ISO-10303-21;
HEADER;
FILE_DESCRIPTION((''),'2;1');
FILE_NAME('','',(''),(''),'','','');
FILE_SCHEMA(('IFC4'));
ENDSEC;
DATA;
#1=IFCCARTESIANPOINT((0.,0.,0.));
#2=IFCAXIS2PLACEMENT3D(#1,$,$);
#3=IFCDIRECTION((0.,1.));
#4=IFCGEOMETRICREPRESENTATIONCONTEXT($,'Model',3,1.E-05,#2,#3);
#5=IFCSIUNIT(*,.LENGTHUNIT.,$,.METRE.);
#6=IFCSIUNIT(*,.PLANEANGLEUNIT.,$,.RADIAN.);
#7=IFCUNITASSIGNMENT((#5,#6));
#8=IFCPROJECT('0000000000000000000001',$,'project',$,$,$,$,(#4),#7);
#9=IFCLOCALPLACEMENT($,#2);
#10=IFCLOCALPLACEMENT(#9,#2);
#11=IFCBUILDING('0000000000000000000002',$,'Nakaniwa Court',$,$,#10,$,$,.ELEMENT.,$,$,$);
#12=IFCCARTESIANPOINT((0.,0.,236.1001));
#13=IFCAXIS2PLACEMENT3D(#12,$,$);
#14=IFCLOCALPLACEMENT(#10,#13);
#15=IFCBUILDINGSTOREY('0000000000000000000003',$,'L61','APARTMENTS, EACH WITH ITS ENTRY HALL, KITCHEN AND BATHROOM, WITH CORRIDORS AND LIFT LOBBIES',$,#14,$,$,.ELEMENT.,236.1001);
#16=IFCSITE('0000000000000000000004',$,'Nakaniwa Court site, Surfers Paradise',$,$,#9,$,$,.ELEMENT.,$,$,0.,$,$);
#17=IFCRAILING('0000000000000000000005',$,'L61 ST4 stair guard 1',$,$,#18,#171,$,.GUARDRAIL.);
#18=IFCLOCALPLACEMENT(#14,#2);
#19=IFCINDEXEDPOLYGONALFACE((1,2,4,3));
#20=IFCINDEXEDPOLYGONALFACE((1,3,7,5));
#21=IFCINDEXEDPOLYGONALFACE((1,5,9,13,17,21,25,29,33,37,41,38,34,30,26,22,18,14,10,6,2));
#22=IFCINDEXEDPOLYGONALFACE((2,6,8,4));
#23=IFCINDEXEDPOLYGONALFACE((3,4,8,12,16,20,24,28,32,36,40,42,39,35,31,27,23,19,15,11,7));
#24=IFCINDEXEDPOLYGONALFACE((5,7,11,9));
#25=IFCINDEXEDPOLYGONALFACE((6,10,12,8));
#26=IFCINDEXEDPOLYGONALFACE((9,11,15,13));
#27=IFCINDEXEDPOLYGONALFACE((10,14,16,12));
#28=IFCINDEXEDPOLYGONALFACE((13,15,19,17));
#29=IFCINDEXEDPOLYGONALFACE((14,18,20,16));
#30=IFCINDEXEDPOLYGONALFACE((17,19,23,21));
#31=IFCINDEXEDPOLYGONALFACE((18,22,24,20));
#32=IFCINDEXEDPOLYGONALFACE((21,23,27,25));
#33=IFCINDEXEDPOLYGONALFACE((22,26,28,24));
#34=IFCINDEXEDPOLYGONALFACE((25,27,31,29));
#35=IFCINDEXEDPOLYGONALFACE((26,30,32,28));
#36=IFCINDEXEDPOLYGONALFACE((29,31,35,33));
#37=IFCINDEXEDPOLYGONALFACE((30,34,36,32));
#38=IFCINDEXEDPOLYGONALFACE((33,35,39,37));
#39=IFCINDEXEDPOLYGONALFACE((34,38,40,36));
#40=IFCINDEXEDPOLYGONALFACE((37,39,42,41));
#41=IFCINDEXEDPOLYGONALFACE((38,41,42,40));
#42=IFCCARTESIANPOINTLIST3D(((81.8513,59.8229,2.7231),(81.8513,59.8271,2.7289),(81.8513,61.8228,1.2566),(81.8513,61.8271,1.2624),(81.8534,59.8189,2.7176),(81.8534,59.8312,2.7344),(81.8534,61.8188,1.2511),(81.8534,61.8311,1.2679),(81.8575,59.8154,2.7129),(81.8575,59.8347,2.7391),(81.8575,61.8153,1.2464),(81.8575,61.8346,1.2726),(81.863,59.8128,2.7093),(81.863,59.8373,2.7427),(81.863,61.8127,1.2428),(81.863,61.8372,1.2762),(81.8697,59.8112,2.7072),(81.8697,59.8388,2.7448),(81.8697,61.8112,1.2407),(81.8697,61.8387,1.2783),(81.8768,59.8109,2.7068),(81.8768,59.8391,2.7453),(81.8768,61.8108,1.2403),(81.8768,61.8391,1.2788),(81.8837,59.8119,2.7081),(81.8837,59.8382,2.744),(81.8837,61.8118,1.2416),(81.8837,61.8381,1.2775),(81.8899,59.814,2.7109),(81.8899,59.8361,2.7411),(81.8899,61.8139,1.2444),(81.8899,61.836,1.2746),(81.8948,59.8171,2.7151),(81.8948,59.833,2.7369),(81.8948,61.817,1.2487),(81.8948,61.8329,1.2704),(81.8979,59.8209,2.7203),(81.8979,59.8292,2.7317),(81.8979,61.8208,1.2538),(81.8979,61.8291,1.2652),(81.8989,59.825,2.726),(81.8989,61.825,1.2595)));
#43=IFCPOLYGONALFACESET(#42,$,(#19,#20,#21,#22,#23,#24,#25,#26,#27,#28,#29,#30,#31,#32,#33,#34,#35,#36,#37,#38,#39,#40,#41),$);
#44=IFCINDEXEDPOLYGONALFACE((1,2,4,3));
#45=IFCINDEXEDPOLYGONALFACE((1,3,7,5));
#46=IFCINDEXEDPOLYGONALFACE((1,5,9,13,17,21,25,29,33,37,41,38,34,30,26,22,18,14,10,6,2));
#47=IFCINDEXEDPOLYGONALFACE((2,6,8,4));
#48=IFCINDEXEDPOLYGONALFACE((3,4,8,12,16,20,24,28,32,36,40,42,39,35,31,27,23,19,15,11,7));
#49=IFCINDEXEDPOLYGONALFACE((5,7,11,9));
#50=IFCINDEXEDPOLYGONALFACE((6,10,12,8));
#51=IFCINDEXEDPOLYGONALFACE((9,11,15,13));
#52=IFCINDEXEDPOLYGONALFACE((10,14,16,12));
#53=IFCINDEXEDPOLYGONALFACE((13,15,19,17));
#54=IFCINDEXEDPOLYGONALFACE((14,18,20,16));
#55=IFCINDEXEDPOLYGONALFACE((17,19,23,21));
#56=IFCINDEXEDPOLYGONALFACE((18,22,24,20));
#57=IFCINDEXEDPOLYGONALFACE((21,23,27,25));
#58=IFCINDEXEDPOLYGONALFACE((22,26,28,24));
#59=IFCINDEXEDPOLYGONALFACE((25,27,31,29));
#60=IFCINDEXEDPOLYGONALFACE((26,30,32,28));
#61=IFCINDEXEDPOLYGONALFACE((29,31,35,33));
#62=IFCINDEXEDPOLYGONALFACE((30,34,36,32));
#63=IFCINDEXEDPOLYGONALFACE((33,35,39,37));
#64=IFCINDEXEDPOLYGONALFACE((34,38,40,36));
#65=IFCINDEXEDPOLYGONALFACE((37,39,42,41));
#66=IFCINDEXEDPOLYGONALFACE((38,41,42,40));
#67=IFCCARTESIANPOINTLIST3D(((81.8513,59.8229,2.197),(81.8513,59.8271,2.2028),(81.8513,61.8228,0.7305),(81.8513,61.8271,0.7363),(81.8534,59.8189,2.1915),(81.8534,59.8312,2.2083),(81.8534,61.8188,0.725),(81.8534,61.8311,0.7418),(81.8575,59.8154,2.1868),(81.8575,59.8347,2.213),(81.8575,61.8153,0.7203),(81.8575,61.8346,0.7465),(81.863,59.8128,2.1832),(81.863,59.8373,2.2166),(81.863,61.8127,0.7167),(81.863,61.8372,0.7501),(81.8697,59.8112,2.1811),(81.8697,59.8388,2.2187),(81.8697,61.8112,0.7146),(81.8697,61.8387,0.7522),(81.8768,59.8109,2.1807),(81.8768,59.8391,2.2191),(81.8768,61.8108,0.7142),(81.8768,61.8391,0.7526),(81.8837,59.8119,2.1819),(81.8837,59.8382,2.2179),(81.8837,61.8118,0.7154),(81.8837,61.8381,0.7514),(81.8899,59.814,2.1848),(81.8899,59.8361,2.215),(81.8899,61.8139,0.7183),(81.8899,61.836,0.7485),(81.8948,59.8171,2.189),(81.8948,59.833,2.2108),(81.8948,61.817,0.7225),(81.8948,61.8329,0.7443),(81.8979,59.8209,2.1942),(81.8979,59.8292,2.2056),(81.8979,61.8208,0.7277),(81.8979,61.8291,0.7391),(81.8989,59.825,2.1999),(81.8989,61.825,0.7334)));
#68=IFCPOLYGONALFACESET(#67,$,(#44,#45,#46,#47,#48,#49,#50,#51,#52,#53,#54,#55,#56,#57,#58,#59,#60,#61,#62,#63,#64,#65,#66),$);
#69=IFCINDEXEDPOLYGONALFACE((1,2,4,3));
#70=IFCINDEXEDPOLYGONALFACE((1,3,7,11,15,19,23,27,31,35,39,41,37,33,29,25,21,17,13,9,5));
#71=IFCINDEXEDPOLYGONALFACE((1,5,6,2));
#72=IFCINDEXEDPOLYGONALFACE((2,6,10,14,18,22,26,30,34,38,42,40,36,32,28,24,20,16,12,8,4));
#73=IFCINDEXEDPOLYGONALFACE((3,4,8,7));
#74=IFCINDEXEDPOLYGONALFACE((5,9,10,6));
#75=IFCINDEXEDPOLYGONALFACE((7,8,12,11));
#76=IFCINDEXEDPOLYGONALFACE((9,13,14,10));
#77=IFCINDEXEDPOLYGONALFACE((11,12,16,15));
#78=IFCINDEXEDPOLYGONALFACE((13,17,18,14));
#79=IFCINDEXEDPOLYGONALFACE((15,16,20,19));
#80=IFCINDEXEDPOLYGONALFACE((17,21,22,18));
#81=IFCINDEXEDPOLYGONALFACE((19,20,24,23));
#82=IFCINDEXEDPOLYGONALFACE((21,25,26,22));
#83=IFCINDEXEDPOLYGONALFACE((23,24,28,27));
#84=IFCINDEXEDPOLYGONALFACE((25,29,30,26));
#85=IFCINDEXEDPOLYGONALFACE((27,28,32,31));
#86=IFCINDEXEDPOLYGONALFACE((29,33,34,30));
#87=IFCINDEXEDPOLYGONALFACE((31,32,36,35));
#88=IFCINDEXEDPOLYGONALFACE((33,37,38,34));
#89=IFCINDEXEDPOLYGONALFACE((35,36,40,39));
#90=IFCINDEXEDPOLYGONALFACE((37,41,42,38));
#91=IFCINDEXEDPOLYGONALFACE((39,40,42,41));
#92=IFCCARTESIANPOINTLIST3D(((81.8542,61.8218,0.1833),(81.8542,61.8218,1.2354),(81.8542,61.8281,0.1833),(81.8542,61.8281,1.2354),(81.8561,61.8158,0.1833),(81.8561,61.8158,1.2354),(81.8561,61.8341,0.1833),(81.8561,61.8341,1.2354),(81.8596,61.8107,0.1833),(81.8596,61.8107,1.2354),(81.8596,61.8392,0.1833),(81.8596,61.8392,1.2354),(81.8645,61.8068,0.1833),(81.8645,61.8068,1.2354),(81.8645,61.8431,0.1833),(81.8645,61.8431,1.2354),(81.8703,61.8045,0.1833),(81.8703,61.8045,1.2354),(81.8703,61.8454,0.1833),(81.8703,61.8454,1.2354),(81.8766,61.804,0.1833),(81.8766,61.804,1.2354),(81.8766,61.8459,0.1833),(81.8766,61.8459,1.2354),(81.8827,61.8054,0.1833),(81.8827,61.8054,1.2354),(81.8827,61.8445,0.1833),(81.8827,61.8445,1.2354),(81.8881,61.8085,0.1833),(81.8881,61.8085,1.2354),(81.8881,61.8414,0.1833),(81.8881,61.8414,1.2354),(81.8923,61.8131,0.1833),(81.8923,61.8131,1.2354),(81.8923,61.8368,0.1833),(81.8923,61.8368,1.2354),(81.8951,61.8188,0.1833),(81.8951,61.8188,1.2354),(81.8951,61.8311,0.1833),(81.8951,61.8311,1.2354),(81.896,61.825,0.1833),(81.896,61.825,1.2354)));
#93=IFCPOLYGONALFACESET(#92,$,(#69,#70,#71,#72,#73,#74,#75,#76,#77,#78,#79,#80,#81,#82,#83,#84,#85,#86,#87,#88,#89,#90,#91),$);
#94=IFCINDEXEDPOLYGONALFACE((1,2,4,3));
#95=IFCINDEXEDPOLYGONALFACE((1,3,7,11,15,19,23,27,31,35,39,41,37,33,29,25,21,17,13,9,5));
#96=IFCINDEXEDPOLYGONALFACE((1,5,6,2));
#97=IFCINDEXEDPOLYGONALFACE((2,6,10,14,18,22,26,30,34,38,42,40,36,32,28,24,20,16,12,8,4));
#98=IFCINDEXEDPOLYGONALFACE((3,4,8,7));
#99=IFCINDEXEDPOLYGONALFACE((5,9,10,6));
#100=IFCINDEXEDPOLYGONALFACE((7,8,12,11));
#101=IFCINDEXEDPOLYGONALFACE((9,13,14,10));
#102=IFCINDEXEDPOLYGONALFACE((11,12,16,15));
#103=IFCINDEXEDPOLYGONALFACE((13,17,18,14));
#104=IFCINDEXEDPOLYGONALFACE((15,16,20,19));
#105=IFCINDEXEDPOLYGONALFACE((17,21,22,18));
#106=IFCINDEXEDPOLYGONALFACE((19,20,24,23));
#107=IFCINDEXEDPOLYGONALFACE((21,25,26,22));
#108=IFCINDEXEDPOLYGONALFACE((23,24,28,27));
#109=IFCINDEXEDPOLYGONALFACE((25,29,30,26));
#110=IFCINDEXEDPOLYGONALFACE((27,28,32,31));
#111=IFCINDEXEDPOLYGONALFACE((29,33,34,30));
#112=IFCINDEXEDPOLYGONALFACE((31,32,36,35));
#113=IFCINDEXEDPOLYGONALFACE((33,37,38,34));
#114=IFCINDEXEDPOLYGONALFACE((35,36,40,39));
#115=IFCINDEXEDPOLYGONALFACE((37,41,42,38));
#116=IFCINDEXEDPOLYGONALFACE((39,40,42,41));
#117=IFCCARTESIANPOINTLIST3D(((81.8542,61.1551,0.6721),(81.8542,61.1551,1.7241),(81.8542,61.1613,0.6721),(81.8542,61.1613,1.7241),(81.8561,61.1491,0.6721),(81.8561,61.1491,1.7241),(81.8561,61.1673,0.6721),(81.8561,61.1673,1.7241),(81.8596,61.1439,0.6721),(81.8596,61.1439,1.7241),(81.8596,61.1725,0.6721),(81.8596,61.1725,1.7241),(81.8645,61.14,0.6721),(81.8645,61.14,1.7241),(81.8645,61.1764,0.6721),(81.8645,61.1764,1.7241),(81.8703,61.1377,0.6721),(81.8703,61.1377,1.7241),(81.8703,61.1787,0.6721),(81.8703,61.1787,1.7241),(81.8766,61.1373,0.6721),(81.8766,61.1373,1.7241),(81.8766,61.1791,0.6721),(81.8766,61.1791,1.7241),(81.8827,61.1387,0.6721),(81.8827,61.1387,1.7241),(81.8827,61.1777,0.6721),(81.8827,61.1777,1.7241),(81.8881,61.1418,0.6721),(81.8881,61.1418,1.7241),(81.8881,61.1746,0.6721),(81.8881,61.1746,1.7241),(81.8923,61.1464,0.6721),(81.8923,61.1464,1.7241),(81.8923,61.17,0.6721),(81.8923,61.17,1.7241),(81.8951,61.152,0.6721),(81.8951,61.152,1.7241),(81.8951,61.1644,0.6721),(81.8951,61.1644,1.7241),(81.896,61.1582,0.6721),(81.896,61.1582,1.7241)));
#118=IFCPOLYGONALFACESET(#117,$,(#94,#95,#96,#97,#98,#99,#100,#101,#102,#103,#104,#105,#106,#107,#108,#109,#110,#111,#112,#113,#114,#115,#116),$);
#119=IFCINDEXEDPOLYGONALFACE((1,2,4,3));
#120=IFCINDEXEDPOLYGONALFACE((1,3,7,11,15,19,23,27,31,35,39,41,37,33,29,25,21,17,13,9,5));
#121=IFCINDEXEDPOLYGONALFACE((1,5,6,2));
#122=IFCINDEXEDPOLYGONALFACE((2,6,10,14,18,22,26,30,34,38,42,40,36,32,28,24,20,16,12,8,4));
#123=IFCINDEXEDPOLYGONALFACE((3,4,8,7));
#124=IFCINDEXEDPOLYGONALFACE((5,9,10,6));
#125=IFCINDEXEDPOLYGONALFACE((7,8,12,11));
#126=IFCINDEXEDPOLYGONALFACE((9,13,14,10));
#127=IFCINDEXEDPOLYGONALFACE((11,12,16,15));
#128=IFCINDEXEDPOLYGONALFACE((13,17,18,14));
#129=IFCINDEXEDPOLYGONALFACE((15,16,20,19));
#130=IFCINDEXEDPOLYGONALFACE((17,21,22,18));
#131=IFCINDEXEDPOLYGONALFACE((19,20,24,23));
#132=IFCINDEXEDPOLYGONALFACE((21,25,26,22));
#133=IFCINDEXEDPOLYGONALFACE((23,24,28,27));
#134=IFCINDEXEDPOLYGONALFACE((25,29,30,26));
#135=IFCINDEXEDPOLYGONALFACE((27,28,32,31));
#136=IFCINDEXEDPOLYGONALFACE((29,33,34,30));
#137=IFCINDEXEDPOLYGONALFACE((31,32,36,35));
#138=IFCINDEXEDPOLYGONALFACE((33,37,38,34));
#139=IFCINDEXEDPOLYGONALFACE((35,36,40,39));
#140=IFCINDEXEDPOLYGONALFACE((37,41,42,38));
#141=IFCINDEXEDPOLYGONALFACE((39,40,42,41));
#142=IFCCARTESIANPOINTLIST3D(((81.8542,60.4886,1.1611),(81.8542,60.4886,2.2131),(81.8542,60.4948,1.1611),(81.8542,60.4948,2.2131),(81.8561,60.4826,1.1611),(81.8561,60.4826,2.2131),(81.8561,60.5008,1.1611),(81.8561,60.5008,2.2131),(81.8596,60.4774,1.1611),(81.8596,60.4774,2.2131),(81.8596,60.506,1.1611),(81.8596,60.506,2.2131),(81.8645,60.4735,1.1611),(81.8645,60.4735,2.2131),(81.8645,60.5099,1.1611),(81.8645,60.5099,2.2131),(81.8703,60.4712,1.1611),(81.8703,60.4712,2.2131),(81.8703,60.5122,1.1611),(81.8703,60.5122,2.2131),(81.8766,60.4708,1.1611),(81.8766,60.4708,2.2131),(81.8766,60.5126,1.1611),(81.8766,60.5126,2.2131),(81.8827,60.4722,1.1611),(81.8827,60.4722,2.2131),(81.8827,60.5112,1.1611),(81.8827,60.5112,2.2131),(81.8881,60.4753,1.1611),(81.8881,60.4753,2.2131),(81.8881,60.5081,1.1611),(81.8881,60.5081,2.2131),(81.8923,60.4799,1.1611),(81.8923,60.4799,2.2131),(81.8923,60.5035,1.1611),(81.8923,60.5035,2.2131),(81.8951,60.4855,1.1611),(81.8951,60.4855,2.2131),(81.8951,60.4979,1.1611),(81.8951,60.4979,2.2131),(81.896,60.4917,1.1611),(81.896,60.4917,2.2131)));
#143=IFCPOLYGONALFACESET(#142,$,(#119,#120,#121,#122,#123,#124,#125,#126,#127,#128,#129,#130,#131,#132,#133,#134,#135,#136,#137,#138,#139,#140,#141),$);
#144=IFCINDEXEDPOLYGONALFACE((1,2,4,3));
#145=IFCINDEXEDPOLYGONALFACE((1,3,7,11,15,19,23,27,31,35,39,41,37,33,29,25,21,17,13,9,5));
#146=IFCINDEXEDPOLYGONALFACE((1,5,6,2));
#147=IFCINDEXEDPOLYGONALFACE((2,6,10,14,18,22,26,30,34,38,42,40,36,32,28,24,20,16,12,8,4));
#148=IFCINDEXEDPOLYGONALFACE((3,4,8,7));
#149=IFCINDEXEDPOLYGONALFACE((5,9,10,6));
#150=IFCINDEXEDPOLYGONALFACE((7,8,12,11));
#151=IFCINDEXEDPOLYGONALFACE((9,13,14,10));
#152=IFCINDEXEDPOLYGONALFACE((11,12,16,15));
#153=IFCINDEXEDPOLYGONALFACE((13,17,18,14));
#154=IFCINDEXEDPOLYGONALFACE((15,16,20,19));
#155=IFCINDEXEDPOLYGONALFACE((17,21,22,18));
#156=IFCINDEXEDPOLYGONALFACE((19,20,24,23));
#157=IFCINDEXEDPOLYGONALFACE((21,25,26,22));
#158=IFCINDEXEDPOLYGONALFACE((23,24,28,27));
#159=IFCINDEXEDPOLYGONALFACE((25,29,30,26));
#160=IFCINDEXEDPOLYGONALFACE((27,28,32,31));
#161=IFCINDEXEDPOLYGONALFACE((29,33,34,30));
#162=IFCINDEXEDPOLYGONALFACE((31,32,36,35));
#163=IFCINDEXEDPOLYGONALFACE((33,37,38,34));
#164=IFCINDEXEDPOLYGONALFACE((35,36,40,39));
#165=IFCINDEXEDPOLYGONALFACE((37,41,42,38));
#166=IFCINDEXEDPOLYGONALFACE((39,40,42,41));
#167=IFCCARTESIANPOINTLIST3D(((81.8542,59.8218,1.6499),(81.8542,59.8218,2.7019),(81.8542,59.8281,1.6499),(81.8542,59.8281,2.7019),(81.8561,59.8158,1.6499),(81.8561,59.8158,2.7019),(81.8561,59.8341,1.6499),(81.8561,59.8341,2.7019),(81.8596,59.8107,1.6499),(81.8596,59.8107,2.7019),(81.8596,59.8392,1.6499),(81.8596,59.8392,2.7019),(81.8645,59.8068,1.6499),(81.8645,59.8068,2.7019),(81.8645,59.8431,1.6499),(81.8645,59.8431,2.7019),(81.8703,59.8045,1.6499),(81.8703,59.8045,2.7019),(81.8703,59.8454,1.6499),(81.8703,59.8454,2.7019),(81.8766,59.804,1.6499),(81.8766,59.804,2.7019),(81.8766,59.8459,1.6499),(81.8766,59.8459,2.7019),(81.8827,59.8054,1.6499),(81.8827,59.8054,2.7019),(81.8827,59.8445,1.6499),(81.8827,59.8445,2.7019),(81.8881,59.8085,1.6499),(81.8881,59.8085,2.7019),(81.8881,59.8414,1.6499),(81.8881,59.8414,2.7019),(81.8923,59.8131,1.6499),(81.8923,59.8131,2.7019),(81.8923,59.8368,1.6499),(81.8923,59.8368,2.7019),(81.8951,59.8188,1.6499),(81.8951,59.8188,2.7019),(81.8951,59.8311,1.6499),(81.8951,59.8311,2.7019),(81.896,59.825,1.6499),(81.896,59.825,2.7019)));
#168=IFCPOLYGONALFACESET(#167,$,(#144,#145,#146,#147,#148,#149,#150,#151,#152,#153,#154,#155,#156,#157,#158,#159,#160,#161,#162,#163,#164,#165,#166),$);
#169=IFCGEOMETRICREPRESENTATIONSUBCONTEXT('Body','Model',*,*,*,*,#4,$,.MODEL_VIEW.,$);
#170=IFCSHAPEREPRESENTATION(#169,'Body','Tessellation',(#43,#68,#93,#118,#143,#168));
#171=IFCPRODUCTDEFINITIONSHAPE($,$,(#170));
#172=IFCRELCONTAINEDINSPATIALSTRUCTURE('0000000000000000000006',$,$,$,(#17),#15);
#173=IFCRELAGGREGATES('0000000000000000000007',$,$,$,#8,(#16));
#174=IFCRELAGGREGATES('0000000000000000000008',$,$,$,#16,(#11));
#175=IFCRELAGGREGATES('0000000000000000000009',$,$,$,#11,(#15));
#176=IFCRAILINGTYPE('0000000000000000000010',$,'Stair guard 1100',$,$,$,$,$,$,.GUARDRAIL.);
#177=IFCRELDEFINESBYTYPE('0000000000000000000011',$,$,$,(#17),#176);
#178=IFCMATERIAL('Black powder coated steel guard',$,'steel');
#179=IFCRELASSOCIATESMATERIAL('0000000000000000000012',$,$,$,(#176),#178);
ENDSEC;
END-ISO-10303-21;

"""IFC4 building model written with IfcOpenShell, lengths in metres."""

from ifc_helpers import new_model, si_unit, direction, frame, origin, origin_2d, place, context, subcontext, project, spatial, circle, extrude, material, type_object, element, save


model = new_model("IFC4")

# Units and contexts
model_context = context("Model", 3, precision=1e-05, world=origin(), true_north=direction((0.0, 1.0)))
body_context = subcontext(model_context, "Body", "Model", "MODEL_VIEW")
ifc_project = project(units=[si_unit("LENGTHUNIT", "METRE"), si_unit("PLANEANGLEUNIT", "RADIAN")], contexts=[model_context])

# Site, building, storey
site_placement = place(None, origin())
site = spatial("IfcSite", under=ifc_project, at=site_placement, Name="Nakaniwa Court site, Surfers Paradise", CompositionType="ELEMENT", RefElevation=0.0)
building_placement = place(site_placement, origin())
building = spatial("IfcBuilding", under=site, at=building_placement, Name="Nakaniwa Court", CompositionType="ELEMENT")
storey_placement = place(building_placement, frame((0.0, 0.0, 236.1001)))
storey = spatial("IfcBuildingStorey", under=building, at=storey_placement, Name="L61", Description="APARTMENTS, EACH WITH ITS ENTRY HALL, KITCHEN AND BATHROOM, WITH CORRIDORS AND LIFT LOBBIES", CompositionType="ELEMENT", Elevation=236.1001)

# Railing
ifc_material_1 = material(Name="Black powder coated steel guard", Category="steel")
railing_type_1 = type_object("IfcRailingType", Name="Stair guard 1100", PredefinedType="GUARDRAIL", material=ifc_material_1)
railing_1_placement = place(storey_placement, frame((81.875, 61.825, 0.1833)))
element("IfcRailing", 1, at=railing_1_placement, inside=storey, type_object=railing_type_1, Name="L61 ST4 stair guard 1", PredefinedType="GUARDRAIL", context=body_context, shape_type="SweptSolid", body=[
    extrude(circle(Radius=0.0239, at=origin_2d()), frame((0.0, 0.0, 1.0762), z_axis=(0.0, -0.806427, 0.591334), x_axis=(1.0, 0.0, 0.0)), (0.0, 0.0, 1.0), 2.48),
    extrude(circle(Radius=0.0239, at=origin_2d()), frame((0.0, 0.0, 0.55), z_axis=(0.0, -0.806427, 0.591334), x_axis=(1.0, 0.0, 0.0)), (0.0, 0.0, 1.0), 2.48),
    extrude(circle(Radius=0.021, at=origin_2d()), origin(), (0.0, 0.0, 1.0), 1.052),
    extrude(circle(Radius=0.021, at=origin_2d()), frame((0.0, -0.6667, 0.4888)), (0.0, 0.0, 1.0), 1.052),
    extrude(circle(Radius=0.021, at=origin_2d()), frame((0.0, -1.3333, 0.9778)), (0.0, 0.0, 1.0), 1.052),
    extrude(circle(Radius=0.021, at=origin_2d()), frame((0.0, -2.0, 1.4666)), (0.0, 0.0, 1.0), 1.052),
])

save(model, "model.ifc")
